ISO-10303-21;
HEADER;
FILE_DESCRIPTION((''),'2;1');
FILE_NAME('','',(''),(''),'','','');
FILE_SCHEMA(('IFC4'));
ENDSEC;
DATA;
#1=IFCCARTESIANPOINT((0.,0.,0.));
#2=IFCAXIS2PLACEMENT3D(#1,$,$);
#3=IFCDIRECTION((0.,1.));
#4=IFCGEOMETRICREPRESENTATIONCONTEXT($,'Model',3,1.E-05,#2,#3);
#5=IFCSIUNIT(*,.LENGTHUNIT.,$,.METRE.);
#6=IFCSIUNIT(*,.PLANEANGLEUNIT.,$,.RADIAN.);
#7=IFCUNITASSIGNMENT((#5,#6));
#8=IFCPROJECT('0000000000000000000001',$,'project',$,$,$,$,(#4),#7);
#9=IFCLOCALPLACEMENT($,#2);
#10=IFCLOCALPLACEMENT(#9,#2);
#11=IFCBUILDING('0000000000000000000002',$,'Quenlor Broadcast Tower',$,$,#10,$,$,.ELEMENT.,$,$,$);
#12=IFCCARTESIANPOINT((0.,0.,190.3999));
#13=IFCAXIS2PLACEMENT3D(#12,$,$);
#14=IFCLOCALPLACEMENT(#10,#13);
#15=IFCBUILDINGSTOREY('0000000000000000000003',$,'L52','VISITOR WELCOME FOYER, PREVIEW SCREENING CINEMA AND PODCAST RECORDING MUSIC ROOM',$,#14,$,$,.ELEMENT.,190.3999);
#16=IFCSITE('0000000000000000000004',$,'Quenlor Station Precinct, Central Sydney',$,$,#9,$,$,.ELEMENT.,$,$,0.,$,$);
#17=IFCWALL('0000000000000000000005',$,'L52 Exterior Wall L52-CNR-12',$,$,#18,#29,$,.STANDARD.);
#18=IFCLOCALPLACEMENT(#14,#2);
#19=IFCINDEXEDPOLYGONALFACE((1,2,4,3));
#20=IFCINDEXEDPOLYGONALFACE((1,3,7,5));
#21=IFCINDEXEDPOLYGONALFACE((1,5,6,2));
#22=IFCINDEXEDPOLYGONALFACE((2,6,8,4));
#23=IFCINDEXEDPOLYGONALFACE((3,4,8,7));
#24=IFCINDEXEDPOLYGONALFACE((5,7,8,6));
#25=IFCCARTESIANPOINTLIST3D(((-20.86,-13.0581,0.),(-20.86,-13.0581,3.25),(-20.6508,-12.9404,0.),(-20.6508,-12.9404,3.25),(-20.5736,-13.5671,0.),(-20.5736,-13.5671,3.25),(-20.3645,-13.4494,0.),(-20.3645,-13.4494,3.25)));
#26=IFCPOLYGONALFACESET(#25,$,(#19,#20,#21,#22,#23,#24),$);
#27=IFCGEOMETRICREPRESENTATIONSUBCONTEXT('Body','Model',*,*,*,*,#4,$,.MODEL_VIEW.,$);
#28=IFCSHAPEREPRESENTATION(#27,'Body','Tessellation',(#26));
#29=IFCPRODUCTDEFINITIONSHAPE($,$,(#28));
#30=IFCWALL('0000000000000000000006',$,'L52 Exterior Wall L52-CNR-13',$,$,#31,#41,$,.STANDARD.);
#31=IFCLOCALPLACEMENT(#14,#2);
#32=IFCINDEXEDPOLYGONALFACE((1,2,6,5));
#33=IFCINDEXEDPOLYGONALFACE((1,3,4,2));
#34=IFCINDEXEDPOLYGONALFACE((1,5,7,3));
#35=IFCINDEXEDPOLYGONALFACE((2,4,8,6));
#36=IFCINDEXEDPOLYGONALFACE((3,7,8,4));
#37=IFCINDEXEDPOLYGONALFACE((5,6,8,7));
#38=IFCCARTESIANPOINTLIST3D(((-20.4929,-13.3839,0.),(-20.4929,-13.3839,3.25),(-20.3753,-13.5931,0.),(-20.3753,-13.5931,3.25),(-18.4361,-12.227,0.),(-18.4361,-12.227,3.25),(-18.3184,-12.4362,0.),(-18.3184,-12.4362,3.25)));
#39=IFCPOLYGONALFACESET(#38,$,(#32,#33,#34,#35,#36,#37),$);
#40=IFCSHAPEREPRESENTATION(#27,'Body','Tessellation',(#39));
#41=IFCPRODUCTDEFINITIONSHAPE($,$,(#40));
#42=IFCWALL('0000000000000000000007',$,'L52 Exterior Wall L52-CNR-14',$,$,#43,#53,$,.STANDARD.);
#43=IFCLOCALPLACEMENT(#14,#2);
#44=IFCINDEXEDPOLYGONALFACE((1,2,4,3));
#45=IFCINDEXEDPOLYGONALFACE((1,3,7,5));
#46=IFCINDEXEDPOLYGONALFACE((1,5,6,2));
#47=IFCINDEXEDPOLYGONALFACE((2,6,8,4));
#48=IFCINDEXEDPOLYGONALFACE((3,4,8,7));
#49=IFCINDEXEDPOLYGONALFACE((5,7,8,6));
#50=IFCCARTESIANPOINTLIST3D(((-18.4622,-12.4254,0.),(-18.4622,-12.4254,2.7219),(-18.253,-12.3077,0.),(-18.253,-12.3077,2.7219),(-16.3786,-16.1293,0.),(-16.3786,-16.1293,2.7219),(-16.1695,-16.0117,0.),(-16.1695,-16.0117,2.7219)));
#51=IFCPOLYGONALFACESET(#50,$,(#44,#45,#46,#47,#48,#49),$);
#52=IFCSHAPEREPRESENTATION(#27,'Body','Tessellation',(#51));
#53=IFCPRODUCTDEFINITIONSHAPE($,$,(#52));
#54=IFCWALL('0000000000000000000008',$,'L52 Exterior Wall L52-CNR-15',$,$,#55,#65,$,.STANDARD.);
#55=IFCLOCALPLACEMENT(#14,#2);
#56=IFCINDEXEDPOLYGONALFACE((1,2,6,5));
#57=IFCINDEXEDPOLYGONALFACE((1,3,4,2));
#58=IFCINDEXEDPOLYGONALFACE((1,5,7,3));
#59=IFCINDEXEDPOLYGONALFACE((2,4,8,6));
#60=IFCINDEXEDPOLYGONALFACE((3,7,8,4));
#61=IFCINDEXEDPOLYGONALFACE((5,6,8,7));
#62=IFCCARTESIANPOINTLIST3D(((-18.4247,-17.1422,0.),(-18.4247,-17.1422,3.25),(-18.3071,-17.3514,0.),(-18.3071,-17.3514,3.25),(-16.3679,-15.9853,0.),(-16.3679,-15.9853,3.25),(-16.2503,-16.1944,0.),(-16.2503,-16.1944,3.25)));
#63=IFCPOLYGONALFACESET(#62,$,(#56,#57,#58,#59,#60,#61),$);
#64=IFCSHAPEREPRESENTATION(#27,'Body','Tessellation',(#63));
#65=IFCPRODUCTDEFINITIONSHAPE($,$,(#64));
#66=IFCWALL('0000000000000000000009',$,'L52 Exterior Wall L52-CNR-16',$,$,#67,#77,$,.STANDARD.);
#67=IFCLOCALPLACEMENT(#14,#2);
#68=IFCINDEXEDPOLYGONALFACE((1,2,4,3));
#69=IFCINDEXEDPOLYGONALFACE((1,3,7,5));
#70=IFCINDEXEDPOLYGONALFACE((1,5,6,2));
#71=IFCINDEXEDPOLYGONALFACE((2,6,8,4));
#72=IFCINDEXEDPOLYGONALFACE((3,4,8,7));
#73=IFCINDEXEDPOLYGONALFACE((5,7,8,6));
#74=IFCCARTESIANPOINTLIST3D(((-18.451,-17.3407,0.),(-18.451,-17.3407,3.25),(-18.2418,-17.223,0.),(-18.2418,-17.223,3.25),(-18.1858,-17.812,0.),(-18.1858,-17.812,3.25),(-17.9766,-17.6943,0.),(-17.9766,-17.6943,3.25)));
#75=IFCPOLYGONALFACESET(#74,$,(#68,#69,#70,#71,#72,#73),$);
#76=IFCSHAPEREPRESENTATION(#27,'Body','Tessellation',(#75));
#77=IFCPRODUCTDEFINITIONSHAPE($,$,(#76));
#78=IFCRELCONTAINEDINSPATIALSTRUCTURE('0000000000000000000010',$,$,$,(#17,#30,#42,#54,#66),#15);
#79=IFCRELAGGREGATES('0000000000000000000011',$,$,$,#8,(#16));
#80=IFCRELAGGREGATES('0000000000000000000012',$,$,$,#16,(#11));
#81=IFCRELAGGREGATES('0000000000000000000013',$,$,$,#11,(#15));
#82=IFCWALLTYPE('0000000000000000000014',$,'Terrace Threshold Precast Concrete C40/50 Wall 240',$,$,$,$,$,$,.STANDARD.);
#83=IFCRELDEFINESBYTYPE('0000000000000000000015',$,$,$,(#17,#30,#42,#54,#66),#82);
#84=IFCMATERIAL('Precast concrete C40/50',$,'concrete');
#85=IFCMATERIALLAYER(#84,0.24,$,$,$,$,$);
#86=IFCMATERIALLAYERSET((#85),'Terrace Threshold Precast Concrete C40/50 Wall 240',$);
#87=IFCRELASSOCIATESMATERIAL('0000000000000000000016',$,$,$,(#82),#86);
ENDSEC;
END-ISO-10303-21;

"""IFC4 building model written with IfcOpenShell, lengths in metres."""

from ifc_helpers import new_model, si_unit, direction, frame, frame_2d, origin, place, context, subcontext, project, spatial, rectangle, extrude, material, layer, layer_set, type_object, element, save


model = new_model("IFC4")

# Units and contexts
model_context = context("Model", 3, precision=1e-05, world=origin(), true_north=direction((0.0, 1.0)))
body_context = subcontext(model_context, "Body", "Model", "MODEL_VIEW")
ifc_project = project(units=[si_unit("LENGTHUNIT", "METRE"), si_unit("PLANEANGLEUNIT", "RADIAN")], contexts=[model_context])

# Site, building, storey
site_placement = place(None, origin())
site = spatial("IfcSite", under=ifc_project, at=site_placement, Name="Quenlor Station Precinct, Central Sydney", CompositionType="ELEMENT", RefElevation=0.0)
building_placement = place(site_placement, origin())
building = spatial("IfcBuilding", under=site, at=building_placement, Name="Quenlor Broadcast Tower", CompositionType="ELEMENT")
storey_placement = place(building_placement, frame((0.0, 0.0, 190.3999)))
storey = spatial("IfcBuildingStorey", under=building, at=storey_placement, Name="L52", Description="VISITOR WELCOME FOYER, PREVIEW SCREENING CINEMA AND PODCAST RECORDING MUSIC ROOM", CompositionType="ELEMENT", Elevation=190.3999)

# Walls
ifc_material_1 = material(Name="Precast concrete C40/50", Category="concrete")
ifc_layer_1 = layer(ifc_material_1, 0.24)
ifc_layer_set_1 = layer_set([ifc_layer_1], Name="Terrace Threshold Precast Concrete C40/50 Wall 240")
wall_type_1 = type_object("IfcWallType", Name="Terrace Threshold Precast Concrete C40/50 Wall 240", PredefinedType="STANDARD", material=ifc_layer_set_1)
wall_1_placement = place(storey_placement, frame((-20.7554, -12.9993, 0.0), z_axis=(0.0, 0.0, 1.0), x_axis=(0.490321, -0.871542, 0.0)))
element("IfcWall", 1, at=wall_1_placement, inside=storey, type_object=wall_type_1, Name="L52 Exterior Wall L52-CNR-12", PredefinedType="STANDARD", context=body_context, shape_type="SweptSolid", body=[
    extrude(rectangle(XDim=0.584, YDim=0.24, at=frame_2d((0.292, 0.0))), origin(), (0.0, 0.0, 1.0), 3.25),
])
wall_2_placement = place(storey_placement, frame((-20.4341, -13.4885, 0.0), z_axis=(0.0, 0.0, 1.0), x_axis=(0.871578, 0.490256, 0.0)))
element("IfcWall", 2, at=wall_2_placement, inside=storey, type_object=wall_type_1, Name="L52 Exterior Wall L52-CNR-13", PredefinedType="STANDARD", context=body_context, shape_type="SweptSolid", body=[
    extrude(rectangle(XDim=2.3599, YDim=0.24, at=frame_2d((1.1799, 0.0))), origin(), (0.0, 0.0, 1.0), 3.25),
])
wall_3_placement = place(storey_placement, frame((-18.3577, -12.3665, 0.0), z_axis=(0.0, 0.0, 1.0), x_axis=(0.490275, -0.871568, 0.0)))
element("IfcWall", 3, at=wall_3_placement, inside=storey, type_object=wall_type_1, Name="L52 Exterior Wall L52-CNR-14", PredefinedType="STANDARD", context=body_context, shape_type="SweptSolid", body=[
    extrude(rectangle(XDim=4.2498, YDim=0.24, at=frame_2d((2.125, 0.0))), origin(), (0.0, 0.0, 1.0), 2.7219),
])
wall_4_placement = place(storey_placement, frame((-16.3091, -16.0898, 0.0), z_axis=(0.0, 0.0, 1.0), x_axis=(-0.871578, -0.490256, 0.0)))
element("IfcWall", 4, at=wall_4_placement, inside=storey, type_object=wall_type_1, Name="L52 Exterior Wall L52-CNR-15", PredefinedType="STANDARD", context=body_context, shape_type="SweptSolid", body=[
    extrude(rectangle(XDim=2.3599, YDim=0.24, at=frame_2d((1.1799, 0.0))), origin(), (0.0, 0.0, 1.0), 3.25),
])
wall_5_placement = place(storey_placement, frame((-18.3464, -17.2817, 0.0), z_axis=(0.0, 0.0, 1.0), x_axis=(0.49039, -0.871503, 0.0)))
element("IfcWall", 5, at=wall_5_placement, inside=storey, type_object=wall_type_1, Name="L52 Exterior Wall L52-CNR-16", PredefinedType="STANDARD", context=body_context, shape_type="SweptSolid", body=[
    extrude(rectangle(XDim=0.5408, YDim=0.24, at=frame_2d((0.2705, 0.0))), origin(), (0.0, 0.0, 1.0), 3.25),
])

save(model, "model.ifc")
